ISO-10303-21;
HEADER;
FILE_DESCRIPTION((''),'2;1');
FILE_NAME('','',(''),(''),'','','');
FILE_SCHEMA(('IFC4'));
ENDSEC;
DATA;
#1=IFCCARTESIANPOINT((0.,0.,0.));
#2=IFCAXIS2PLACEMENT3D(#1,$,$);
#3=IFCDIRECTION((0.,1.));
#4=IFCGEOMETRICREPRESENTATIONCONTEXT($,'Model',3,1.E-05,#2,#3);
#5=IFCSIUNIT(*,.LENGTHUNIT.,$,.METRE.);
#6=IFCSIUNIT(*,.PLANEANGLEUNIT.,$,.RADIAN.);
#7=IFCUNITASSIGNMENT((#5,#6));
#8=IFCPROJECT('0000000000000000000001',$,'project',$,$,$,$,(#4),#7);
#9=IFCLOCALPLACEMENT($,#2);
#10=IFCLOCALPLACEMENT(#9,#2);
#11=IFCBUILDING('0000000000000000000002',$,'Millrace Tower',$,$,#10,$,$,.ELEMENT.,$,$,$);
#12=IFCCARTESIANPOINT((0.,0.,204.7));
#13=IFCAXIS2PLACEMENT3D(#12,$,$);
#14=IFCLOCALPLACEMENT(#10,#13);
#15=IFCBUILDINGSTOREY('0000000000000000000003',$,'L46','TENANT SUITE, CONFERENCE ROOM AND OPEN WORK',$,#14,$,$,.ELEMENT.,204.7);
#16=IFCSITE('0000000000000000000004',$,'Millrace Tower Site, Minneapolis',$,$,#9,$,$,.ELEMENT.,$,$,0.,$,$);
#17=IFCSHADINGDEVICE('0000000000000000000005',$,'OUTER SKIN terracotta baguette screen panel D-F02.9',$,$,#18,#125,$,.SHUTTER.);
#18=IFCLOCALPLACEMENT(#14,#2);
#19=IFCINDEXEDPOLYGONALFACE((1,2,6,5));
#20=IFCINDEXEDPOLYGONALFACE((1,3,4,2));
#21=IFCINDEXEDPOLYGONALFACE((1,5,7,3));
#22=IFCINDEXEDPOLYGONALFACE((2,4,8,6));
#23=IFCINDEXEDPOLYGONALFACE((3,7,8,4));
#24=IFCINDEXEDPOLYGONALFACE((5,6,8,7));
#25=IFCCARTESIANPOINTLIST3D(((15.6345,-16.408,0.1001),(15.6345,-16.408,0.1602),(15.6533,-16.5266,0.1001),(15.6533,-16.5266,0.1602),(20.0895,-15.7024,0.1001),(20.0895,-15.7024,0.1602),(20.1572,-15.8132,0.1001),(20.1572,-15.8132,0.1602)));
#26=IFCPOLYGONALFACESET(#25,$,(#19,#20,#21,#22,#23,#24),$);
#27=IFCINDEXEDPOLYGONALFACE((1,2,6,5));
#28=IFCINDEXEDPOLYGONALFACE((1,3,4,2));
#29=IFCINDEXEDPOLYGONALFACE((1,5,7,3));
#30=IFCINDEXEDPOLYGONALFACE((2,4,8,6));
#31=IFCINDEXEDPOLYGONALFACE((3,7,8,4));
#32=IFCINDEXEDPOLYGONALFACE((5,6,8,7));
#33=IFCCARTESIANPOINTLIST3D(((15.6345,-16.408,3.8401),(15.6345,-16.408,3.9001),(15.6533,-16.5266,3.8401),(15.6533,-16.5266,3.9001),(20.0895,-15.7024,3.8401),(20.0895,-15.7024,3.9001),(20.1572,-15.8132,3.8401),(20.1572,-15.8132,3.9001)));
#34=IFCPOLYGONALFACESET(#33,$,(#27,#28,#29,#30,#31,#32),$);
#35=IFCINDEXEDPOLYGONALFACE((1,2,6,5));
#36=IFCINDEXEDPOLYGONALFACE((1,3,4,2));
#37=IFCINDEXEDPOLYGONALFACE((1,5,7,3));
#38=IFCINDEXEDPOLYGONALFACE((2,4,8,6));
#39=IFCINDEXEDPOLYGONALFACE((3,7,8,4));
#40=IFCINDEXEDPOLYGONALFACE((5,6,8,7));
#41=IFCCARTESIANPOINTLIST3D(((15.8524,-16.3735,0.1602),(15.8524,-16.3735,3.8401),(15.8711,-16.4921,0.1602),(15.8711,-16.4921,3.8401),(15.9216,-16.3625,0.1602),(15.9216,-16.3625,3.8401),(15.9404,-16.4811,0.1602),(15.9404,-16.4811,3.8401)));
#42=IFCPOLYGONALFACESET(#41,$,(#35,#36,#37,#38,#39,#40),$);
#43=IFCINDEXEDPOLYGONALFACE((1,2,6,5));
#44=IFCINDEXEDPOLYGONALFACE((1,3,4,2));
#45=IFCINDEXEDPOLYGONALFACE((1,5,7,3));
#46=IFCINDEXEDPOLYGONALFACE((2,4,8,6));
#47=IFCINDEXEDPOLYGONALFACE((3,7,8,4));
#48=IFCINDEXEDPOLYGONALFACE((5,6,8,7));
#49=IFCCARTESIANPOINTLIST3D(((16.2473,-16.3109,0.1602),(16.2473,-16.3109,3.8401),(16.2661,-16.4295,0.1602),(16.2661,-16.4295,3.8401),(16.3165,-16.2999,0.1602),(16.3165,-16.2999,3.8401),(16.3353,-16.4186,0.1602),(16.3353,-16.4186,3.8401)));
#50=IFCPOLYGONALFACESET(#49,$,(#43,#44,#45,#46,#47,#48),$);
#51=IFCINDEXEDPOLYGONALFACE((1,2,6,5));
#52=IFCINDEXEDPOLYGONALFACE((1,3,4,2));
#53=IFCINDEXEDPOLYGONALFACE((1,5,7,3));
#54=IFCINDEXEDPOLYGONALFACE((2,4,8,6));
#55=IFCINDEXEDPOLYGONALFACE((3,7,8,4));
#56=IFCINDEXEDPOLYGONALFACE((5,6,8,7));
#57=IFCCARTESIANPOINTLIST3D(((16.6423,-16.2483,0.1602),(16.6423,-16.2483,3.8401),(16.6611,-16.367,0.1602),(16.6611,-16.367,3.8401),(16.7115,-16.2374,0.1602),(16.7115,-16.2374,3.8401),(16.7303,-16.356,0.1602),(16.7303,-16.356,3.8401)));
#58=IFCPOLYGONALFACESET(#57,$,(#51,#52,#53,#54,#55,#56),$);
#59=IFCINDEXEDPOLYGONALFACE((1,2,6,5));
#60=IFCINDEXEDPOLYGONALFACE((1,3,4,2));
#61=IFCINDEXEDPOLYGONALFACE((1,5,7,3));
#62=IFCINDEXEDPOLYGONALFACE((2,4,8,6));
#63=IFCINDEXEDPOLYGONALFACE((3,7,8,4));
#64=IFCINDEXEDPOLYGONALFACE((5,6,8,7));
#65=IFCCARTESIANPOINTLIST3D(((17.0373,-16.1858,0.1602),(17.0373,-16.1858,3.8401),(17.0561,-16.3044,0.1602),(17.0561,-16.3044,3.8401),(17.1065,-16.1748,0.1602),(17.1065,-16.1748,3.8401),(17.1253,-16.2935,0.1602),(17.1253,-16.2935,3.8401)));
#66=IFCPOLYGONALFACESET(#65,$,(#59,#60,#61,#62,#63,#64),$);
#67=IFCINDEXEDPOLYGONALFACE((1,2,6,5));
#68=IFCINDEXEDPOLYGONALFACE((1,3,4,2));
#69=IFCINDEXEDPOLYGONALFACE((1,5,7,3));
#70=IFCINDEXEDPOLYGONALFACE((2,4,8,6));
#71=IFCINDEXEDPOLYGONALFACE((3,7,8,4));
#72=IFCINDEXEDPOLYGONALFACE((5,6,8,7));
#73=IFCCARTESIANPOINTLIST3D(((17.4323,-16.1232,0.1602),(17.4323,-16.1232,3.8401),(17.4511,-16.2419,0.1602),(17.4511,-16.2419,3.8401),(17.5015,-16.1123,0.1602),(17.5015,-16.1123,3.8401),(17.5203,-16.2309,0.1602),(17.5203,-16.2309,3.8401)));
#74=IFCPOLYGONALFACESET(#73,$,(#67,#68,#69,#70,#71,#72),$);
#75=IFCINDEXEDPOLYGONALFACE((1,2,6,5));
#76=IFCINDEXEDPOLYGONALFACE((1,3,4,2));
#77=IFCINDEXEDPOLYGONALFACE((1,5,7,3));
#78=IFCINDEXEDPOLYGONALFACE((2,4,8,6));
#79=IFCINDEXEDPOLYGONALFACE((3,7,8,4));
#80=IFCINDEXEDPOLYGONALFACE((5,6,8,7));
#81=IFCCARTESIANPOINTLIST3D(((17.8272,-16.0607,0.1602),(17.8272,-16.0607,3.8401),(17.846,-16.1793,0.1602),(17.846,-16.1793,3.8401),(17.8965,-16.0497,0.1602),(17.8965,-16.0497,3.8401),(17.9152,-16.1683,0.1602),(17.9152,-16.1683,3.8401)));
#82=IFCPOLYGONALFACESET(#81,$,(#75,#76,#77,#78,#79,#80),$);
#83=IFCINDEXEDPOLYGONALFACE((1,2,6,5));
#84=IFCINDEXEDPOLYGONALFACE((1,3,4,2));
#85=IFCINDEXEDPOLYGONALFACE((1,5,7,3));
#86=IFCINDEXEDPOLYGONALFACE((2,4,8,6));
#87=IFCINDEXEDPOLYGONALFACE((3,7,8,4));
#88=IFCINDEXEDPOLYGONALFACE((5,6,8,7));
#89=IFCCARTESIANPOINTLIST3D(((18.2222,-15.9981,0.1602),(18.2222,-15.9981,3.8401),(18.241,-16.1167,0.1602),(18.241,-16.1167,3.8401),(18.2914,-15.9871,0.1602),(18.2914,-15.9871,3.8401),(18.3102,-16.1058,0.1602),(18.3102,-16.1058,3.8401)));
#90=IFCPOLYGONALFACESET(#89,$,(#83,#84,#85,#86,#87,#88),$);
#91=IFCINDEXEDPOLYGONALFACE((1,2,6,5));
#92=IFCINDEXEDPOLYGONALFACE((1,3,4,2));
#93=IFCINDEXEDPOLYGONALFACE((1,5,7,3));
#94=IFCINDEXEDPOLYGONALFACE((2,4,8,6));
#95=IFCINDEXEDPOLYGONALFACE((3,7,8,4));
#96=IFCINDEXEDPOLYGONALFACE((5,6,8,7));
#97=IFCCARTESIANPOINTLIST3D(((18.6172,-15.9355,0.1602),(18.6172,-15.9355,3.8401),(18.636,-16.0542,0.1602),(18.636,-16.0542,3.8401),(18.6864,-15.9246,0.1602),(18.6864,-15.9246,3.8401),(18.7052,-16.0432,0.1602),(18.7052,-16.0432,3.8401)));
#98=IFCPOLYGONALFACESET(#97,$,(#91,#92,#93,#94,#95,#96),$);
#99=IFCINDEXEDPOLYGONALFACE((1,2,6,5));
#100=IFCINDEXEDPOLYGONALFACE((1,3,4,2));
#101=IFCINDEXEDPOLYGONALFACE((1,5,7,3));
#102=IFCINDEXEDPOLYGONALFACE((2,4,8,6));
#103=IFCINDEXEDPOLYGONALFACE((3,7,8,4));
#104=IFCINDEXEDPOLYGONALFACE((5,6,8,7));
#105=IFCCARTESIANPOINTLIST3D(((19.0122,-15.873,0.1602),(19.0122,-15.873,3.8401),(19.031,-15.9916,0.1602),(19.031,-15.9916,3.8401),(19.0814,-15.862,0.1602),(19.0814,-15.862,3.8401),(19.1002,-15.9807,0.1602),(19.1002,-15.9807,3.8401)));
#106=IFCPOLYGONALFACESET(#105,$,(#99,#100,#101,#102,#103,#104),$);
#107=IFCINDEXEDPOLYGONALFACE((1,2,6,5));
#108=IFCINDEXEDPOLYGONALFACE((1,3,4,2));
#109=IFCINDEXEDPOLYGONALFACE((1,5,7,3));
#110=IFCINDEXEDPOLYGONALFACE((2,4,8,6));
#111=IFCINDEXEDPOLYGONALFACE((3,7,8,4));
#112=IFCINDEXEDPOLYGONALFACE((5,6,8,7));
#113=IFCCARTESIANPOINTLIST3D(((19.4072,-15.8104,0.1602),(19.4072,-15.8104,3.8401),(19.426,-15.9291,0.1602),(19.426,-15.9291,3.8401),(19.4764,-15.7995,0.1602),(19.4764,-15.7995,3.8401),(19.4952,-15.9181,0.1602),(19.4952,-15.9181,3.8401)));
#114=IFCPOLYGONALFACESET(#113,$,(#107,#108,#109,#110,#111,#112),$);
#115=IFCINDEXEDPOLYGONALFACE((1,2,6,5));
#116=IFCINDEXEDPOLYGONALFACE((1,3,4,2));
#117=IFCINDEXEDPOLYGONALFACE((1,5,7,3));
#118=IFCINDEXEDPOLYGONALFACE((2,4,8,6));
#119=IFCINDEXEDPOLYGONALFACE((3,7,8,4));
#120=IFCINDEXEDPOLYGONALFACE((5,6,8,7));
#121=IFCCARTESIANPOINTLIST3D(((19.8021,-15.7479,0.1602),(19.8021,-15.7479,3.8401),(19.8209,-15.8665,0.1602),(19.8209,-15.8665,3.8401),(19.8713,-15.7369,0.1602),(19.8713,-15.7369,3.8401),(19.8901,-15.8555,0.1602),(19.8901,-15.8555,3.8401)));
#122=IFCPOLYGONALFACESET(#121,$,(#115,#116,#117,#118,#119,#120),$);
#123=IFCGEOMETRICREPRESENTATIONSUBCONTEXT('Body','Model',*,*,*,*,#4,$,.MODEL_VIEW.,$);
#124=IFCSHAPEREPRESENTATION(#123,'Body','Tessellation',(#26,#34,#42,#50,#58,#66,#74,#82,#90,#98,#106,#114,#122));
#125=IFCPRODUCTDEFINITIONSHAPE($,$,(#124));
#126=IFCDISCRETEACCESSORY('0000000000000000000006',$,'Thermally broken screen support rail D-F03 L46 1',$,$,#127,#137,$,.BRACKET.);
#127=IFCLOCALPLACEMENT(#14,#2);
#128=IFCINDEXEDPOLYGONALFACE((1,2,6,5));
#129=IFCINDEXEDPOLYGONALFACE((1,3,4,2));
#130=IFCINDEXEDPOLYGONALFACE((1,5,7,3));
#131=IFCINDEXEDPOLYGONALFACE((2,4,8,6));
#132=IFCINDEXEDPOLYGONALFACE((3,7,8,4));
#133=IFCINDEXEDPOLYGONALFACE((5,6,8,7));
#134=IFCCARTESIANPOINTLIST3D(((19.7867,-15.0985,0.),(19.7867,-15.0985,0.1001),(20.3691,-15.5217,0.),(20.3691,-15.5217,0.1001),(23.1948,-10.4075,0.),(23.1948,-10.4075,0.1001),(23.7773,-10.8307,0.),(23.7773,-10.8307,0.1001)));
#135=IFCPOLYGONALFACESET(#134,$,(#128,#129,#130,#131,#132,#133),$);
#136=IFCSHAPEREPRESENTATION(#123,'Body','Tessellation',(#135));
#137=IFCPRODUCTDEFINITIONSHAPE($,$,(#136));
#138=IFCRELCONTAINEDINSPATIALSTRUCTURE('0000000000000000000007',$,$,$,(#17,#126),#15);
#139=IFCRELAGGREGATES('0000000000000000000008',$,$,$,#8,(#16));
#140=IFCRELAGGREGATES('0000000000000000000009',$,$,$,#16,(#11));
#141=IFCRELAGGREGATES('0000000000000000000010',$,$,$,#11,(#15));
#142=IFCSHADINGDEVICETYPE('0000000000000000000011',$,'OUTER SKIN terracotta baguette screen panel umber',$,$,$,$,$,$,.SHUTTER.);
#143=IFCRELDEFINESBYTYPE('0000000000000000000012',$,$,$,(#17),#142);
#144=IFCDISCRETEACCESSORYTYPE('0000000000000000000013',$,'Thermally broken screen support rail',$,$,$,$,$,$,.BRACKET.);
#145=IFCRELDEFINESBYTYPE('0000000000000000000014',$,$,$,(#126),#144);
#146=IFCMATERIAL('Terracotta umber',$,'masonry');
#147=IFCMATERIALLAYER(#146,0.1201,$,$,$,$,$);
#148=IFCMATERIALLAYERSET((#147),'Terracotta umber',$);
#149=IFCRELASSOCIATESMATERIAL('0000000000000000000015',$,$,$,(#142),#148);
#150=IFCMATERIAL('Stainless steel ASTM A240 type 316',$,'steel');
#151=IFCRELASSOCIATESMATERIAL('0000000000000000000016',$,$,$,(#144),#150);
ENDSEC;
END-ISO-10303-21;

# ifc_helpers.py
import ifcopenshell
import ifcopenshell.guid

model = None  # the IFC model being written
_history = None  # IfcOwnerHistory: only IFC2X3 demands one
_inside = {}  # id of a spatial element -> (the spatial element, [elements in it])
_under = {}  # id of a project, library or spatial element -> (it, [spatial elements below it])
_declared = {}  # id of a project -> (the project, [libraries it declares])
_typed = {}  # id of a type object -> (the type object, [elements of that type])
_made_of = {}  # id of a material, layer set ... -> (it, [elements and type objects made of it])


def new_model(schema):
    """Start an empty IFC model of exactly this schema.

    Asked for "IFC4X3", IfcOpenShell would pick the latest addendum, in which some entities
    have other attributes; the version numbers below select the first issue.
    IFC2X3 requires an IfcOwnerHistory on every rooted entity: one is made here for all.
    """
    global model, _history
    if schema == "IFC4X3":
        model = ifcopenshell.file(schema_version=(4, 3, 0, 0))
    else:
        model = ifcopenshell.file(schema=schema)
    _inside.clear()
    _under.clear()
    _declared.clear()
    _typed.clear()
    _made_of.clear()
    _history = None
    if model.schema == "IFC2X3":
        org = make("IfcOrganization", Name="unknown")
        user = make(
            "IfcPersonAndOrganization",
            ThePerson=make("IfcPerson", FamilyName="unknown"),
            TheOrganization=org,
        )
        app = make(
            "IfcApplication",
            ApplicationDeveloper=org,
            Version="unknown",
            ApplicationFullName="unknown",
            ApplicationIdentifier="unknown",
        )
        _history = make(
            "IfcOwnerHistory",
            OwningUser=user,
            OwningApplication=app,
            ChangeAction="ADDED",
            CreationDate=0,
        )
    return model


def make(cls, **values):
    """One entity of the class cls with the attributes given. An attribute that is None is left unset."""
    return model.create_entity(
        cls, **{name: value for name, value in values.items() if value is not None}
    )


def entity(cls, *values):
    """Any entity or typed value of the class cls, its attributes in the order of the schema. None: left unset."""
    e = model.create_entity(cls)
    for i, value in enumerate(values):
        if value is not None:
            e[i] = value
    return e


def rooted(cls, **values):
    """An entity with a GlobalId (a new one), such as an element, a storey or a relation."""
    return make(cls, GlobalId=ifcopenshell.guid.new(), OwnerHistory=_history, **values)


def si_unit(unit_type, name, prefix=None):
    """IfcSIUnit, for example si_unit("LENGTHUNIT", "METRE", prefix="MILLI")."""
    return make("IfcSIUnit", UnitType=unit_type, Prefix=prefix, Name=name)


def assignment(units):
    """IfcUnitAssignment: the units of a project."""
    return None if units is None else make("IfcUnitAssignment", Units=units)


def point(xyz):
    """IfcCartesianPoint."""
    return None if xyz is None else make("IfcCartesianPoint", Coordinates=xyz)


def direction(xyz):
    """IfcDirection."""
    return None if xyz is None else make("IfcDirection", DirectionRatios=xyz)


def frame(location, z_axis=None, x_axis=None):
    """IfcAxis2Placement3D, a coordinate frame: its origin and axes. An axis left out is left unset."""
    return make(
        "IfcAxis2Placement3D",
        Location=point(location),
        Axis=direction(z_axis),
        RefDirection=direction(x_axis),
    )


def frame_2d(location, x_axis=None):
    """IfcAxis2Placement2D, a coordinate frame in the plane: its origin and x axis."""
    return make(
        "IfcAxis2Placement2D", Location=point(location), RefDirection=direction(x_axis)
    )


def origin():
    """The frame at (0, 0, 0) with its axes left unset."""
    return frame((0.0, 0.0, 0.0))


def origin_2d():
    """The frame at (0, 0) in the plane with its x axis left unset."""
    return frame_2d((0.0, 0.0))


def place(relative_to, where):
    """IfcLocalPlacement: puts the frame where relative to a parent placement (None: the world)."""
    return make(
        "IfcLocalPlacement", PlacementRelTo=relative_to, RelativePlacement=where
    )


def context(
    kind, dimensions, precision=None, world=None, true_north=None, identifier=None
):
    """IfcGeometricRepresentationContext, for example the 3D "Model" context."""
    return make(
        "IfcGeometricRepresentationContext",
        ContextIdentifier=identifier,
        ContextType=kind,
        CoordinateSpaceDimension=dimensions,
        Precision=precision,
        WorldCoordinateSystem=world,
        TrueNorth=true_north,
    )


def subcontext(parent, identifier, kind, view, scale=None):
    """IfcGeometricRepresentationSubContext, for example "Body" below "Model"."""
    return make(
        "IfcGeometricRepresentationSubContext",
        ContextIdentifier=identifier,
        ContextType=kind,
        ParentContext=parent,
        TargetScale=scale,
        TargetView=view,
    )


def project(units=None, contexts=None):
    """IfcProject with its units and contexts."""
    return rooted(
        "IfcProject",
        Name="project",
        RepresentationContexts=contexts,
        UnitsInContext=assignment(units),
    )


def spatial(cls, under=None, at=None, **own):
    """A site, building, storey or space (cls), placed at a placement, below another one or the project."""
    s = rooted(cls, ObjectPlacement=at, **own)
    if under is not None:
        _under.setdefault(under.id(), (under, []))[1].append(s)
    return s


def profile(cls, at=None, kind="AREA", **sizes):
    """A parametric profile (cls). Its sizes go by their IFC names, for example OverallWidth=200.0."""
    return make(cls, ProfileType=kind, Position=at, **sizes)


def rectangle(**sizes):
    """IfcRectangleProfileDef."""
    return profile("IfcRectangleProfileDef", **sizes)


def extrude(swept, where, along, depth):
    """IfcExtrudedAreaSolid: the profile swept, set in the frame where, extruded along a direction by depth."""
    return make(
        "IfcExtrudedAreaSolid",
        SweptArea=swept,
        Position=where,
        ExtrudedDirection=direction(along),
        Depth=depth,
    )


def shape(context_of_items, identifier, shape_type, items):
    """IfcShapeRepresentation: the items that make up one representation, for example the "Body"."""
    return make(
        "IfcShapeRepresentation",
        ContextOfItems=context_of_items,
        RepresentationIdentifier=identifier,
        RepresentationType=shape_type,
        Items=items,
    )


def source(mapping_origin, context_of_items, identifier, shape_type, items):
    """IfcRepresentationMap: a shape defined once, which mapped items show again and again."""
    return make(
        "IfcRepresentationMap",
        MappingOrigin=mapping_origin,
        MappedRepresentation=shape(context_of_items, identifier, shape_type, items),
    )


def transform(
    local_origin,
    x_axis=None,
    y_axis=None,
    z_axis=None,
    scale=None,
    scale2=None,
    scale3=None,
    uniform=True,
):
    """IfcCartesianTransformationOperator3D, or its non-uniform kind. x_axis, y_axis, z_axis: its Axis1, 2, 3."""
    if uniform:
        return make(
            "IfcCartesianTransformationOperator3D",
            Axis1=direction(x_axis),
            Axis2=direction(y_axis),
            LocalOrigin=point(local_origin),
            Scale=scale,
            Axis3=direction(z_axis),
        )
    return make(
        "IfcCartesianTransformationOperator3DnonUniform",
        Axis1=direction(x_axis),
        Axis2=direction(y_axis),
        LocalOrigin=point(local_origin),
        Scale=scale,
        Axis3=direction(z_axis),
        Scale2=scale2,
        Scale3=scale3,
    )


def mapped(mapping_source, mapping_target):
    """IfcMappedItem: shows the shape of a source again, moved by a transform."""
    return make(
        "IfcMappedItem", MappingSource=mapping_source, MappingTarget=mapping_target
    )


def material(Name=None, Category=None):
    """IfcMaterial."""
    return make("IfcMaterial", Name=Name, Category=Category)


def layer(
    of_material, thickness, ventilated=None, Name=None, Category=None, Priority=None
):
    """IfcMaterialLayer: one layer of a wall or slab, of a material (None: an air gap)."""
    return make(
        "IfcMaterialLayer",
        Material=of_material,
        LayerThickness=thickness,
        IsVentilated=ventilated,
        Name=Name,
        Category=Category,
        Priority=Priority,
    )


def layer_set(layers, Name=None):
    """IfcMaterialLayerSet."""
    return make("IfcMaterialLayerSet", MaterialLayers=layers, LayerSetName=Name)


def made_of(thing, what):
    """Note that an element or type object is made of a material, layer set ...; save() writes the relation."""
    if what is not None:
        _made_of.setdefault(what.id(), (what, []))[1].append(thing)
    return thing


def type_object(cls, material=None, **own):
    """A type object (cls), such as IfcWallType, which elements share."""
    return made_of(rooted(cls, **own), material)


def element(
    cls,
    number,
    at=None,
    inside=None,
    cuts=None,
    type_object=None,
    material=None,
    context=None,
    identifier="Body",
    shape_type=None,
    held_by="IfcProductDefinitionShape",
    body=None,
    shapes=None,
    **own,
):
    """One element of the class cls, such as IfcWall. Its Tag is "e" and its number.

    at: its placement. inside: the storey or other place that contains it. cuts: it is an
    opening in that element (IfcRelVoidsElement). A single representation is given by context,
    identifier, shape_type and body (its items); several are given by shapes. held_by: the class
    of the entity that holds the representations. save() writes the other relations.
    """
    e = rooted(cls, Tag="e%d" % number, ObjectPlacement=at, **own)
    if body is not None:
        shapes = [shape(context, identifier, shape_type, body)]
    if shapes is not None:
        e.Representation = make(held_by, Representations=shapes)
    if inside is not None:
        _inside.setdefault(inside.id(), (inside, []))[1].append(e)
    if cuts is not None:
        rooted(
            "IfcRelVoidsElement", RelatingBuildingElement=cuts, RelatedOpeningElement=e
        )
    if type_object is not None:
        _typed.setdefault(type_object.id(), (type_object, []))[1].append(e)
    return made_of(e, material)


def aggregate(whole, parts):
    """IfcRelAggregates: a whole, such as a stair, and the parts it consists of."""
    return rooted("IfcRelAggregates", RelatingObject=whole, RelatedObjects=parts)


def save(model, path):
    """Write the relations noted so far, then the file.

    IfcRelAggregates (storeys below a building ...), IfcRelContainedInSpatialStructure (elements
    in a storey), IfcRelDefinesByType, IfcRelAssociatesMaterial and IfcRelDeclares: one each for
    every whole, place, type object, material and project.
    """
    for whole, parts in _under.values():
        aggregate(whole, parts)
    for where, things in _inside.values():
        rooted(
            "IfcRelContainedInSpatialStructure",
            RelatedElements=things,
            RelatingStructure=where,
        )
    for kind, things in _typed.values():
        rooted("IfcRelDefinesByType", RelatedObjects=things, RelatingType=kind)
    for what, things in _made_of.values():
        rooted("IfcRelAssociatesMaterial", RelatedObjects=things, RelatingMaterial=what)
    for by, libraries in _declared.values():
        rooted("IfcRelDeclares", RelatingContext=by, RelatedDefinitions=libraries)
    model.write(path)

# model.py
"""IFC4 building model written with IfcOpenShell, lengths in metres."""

from ifc_helpers import new_model, entity, si_unit, direction, frame, frame_2d, origin, origin_2d, place, context, subcontext, project, spatial, rectangle, extrude, source, transform, mapped, material, layer, layer_set, type_object, element, save


model = new_model("IFC4")

# Units and contexts
model_context = context("Model", 3, precision=1e-05, world=origin(), true_north=direction((0.0, 1.0)))
body_context = subcontext(model_context, "Body", "Model", "MODEL_VIEW")
ifc_project = project(units=[si_unit("LENGTHUNIT", "METRE"), si_unit("PLANEANGLEUNIT", "RADIAN")], contexts=[model_context])

# Site, building, storey
site_placement = place(None, origin())
site = spatial("IfcSite", under=ifc_project, at=site_placement, Name="Millrace Tower Site, Minneapolis", CompositionType="ELEMENT", RefElevation=0.0)
building_placement = place(site_placement, origin())
building = spatial("IfcBuilding", under=site, at=building_placement, Name="Millrace Tower", CompositionType="ELEMENT")
storey_placement = place(building_placement, frame((0.0, 0.0, 204.7)))
storey = spatial("IfcBuildingStorey", under=building, at=storey_placement, Name="L46", Description="TENANT SUITE, CONFERENCE ROOM AND OPEN WORK", CompositionType="ELEMENT", Elevation=204.7)

# Shading device
ifc_material_1 = material(Name="Terracotta umber", Category="masonry")
ifc_layer_1 = layer(ifc_material_1, 0.1201)
ifc_layer_set_1 = layer_set([ifc_layer_1], Name="Terracotta umber")
shading_device_type = type_object("IfcShadingDeviceType", Name="OUTER SKIN terracotta baguette screen panel umber", PredefinedType="SHUTTER", material=ifc_layer_set_1)
cartesian_point_1 = entity("IfcCartesianPoint", [-2.2676, 0.0601])
shared_polyline_1 = entity("IfcPolyline", [cartesian_point_1, entity("IfcCartesianPoint", [2.2429, 0.0601]), entity("IfcCartesianPoint", [2.2925, -0.0601]), entity("IfcCartesianPoint", [-2.2676, -0.0601]), cartesian_point_1])
shared_shape_1 = source(origin(), body_context, "Body", "SweptSolid", [
    entity("IfcExtrudedAreaSolid", entity("IfcArbitraryClosedProfileDef", "AREA", None, shared_polyline_1), entity("IfcAxis2Placement3D", entity("IfcCartesianPoint", [0.0, 0.0, 0.0])), entity("IfcDirection", [0.0, 0.0, 1.0]), 0.0601),
    entity("IfcExtrudedAreaSolid", entity("IfcArbitraryClosedProfileDef", "AREA", None, shared_polyline_1), entity("IfcAxis2Placement3D", entity("IfcCartesianPoint", [0.0, 0.0, 3.74])), entity("IfcDirection", [0.0, 0.0, 1.0]), 0.0601),
    extrude(rectangle(XDim=0.0701, YDim=0.1201, at=frame_2d((-2.012, 0.0))), frame((0.0, 0.0, 0.0601)), (0.0, 0.0, 1.0), 3.6799),
    extrude(rectangle(XDim=0.0701, YDim=0.1201, at=frame_2d((-1.6121, 0.0))), frame((0.0, 0.0, 0.0601)), (0.0, 0.0, 1.0), 3.6799),
    extrude(rectangle(XDim=0.0701, YDim=0.1201, at=frame_2d((-1.2122, 0.0))), frame((0.0, 0.0, 0.0601)), (0.0, 0.0, 1.0), 3.6799),
    extrude(rectangle(XDim=0.0701, YDim=0.1201, at=frame_2d((-0.8123, 0.0))), frame((0.0, 0.0, 0.0601)), (0.0, 0.0, 1.0), 3.6799),
    extrude(rectangle(XDim=0.0701, YDim=0.1201, at=frame_2d((-0.4124, 0.0))), frame((0.0, 0.0, 0.0601)), (0.0, 0.0, 1.0), 3.6799),
    extrude(rectangle(XDim=0.0701, YDim=0.1201, at=frame_2d((-0.0125, 0.0))), frame((0.0, 0.0, 0.0601)), (0.0, 0.0, 1.0), 3.6799),
    extrude(rectangle(XDim=0.0701, YDim=0.1201, at=frame_2d((0.3875, 0.0))), frame((0.0, 0.0, 0.0601)), (0.0, 0.0, 1.0), 3.6799),
    extrude(rectangle(XDim=0.0701, YDim=0.1201, at=frame_2d((0.7874, 0.0))), frame((0.0, 0.0, 0.0601)), (0.0, 0.0, 1.0), 3.6799),
    extrude(rectangle(XDim=0.0701, YDim=0.1201, at=frame_2d((1.1873, 0.0))), frame((0.0, 0.0, 0.0601)), (0.0, 0.0, 1.0), 3.6799),
    extrude(rectangle(XDim=0.0701, YDim=0.1201, at=frame_2d((1.5872, 0.0))), frame((0.0, 0.0, 0.0601)), (0.0, 0.0, 1.0), 3.6799),
    extrude(rectangle(XDim=0.0701, YDim=0.1201, at=frame_2d((1.9871, 0.0))), frame((0.0, 0.0, 0.0601)), (0.0, 0.0, 1.0), 3.6799),
])
shading_device_1_placement = place(storey_placement, frame((17.8835, -16.1125, 0.1001), z_axis=(0.0, 0.0, 1.0), x_axis=(0.987688, 0.156434, 0.0)))
element("IfcShadingDevice", 1, at=shading_device_1_placement, inside=storey, type_object=shading_device_type, Name="OUTER SKIN terracotta baguette screen panel D-F02.9", PredefinedType="SHUTTER", context=body_context, shape_type="MappedRepresentation", body=[
    mapped(shared_shape_1, transform((0.0, 0.0, 0.0), scale=1.0)),
])

# Discrete accessory
ifc_material_2 = material(Name="Stainless steel ASTM A240 type 316", Category="steel")
discrete_accessory_type = type_object("IfcDiscreteAccessoryType", Name="Thermally broken screen support rail", PredefinedType="BRACKET", material=ifc_material_2)
discrete_accessory_placement = place(storey_placement, frame((21.782, -12.9646, 0.0), z_axis=(0.0, 0.0, 1.0), x_axis=(0.587785, 0.809017, 0.0)))
element("IfcDiscreteAccessory", 2, at=discrete_accessory_placement, inside=storey, type_object=discrete_accessory_type, Name="Thermally broken screen support rail D-F03 L46 1", PredefinedType="BRACKET", context=body_context, shape_type="SweptSolid", body=[
    extrude(rectangle(XDim=5.7983, YDim=0.72, at=origin_2d()), origin(), (0.0, 0.0, 1.0), 0.1001),
])

save(model, "model.ifc")
